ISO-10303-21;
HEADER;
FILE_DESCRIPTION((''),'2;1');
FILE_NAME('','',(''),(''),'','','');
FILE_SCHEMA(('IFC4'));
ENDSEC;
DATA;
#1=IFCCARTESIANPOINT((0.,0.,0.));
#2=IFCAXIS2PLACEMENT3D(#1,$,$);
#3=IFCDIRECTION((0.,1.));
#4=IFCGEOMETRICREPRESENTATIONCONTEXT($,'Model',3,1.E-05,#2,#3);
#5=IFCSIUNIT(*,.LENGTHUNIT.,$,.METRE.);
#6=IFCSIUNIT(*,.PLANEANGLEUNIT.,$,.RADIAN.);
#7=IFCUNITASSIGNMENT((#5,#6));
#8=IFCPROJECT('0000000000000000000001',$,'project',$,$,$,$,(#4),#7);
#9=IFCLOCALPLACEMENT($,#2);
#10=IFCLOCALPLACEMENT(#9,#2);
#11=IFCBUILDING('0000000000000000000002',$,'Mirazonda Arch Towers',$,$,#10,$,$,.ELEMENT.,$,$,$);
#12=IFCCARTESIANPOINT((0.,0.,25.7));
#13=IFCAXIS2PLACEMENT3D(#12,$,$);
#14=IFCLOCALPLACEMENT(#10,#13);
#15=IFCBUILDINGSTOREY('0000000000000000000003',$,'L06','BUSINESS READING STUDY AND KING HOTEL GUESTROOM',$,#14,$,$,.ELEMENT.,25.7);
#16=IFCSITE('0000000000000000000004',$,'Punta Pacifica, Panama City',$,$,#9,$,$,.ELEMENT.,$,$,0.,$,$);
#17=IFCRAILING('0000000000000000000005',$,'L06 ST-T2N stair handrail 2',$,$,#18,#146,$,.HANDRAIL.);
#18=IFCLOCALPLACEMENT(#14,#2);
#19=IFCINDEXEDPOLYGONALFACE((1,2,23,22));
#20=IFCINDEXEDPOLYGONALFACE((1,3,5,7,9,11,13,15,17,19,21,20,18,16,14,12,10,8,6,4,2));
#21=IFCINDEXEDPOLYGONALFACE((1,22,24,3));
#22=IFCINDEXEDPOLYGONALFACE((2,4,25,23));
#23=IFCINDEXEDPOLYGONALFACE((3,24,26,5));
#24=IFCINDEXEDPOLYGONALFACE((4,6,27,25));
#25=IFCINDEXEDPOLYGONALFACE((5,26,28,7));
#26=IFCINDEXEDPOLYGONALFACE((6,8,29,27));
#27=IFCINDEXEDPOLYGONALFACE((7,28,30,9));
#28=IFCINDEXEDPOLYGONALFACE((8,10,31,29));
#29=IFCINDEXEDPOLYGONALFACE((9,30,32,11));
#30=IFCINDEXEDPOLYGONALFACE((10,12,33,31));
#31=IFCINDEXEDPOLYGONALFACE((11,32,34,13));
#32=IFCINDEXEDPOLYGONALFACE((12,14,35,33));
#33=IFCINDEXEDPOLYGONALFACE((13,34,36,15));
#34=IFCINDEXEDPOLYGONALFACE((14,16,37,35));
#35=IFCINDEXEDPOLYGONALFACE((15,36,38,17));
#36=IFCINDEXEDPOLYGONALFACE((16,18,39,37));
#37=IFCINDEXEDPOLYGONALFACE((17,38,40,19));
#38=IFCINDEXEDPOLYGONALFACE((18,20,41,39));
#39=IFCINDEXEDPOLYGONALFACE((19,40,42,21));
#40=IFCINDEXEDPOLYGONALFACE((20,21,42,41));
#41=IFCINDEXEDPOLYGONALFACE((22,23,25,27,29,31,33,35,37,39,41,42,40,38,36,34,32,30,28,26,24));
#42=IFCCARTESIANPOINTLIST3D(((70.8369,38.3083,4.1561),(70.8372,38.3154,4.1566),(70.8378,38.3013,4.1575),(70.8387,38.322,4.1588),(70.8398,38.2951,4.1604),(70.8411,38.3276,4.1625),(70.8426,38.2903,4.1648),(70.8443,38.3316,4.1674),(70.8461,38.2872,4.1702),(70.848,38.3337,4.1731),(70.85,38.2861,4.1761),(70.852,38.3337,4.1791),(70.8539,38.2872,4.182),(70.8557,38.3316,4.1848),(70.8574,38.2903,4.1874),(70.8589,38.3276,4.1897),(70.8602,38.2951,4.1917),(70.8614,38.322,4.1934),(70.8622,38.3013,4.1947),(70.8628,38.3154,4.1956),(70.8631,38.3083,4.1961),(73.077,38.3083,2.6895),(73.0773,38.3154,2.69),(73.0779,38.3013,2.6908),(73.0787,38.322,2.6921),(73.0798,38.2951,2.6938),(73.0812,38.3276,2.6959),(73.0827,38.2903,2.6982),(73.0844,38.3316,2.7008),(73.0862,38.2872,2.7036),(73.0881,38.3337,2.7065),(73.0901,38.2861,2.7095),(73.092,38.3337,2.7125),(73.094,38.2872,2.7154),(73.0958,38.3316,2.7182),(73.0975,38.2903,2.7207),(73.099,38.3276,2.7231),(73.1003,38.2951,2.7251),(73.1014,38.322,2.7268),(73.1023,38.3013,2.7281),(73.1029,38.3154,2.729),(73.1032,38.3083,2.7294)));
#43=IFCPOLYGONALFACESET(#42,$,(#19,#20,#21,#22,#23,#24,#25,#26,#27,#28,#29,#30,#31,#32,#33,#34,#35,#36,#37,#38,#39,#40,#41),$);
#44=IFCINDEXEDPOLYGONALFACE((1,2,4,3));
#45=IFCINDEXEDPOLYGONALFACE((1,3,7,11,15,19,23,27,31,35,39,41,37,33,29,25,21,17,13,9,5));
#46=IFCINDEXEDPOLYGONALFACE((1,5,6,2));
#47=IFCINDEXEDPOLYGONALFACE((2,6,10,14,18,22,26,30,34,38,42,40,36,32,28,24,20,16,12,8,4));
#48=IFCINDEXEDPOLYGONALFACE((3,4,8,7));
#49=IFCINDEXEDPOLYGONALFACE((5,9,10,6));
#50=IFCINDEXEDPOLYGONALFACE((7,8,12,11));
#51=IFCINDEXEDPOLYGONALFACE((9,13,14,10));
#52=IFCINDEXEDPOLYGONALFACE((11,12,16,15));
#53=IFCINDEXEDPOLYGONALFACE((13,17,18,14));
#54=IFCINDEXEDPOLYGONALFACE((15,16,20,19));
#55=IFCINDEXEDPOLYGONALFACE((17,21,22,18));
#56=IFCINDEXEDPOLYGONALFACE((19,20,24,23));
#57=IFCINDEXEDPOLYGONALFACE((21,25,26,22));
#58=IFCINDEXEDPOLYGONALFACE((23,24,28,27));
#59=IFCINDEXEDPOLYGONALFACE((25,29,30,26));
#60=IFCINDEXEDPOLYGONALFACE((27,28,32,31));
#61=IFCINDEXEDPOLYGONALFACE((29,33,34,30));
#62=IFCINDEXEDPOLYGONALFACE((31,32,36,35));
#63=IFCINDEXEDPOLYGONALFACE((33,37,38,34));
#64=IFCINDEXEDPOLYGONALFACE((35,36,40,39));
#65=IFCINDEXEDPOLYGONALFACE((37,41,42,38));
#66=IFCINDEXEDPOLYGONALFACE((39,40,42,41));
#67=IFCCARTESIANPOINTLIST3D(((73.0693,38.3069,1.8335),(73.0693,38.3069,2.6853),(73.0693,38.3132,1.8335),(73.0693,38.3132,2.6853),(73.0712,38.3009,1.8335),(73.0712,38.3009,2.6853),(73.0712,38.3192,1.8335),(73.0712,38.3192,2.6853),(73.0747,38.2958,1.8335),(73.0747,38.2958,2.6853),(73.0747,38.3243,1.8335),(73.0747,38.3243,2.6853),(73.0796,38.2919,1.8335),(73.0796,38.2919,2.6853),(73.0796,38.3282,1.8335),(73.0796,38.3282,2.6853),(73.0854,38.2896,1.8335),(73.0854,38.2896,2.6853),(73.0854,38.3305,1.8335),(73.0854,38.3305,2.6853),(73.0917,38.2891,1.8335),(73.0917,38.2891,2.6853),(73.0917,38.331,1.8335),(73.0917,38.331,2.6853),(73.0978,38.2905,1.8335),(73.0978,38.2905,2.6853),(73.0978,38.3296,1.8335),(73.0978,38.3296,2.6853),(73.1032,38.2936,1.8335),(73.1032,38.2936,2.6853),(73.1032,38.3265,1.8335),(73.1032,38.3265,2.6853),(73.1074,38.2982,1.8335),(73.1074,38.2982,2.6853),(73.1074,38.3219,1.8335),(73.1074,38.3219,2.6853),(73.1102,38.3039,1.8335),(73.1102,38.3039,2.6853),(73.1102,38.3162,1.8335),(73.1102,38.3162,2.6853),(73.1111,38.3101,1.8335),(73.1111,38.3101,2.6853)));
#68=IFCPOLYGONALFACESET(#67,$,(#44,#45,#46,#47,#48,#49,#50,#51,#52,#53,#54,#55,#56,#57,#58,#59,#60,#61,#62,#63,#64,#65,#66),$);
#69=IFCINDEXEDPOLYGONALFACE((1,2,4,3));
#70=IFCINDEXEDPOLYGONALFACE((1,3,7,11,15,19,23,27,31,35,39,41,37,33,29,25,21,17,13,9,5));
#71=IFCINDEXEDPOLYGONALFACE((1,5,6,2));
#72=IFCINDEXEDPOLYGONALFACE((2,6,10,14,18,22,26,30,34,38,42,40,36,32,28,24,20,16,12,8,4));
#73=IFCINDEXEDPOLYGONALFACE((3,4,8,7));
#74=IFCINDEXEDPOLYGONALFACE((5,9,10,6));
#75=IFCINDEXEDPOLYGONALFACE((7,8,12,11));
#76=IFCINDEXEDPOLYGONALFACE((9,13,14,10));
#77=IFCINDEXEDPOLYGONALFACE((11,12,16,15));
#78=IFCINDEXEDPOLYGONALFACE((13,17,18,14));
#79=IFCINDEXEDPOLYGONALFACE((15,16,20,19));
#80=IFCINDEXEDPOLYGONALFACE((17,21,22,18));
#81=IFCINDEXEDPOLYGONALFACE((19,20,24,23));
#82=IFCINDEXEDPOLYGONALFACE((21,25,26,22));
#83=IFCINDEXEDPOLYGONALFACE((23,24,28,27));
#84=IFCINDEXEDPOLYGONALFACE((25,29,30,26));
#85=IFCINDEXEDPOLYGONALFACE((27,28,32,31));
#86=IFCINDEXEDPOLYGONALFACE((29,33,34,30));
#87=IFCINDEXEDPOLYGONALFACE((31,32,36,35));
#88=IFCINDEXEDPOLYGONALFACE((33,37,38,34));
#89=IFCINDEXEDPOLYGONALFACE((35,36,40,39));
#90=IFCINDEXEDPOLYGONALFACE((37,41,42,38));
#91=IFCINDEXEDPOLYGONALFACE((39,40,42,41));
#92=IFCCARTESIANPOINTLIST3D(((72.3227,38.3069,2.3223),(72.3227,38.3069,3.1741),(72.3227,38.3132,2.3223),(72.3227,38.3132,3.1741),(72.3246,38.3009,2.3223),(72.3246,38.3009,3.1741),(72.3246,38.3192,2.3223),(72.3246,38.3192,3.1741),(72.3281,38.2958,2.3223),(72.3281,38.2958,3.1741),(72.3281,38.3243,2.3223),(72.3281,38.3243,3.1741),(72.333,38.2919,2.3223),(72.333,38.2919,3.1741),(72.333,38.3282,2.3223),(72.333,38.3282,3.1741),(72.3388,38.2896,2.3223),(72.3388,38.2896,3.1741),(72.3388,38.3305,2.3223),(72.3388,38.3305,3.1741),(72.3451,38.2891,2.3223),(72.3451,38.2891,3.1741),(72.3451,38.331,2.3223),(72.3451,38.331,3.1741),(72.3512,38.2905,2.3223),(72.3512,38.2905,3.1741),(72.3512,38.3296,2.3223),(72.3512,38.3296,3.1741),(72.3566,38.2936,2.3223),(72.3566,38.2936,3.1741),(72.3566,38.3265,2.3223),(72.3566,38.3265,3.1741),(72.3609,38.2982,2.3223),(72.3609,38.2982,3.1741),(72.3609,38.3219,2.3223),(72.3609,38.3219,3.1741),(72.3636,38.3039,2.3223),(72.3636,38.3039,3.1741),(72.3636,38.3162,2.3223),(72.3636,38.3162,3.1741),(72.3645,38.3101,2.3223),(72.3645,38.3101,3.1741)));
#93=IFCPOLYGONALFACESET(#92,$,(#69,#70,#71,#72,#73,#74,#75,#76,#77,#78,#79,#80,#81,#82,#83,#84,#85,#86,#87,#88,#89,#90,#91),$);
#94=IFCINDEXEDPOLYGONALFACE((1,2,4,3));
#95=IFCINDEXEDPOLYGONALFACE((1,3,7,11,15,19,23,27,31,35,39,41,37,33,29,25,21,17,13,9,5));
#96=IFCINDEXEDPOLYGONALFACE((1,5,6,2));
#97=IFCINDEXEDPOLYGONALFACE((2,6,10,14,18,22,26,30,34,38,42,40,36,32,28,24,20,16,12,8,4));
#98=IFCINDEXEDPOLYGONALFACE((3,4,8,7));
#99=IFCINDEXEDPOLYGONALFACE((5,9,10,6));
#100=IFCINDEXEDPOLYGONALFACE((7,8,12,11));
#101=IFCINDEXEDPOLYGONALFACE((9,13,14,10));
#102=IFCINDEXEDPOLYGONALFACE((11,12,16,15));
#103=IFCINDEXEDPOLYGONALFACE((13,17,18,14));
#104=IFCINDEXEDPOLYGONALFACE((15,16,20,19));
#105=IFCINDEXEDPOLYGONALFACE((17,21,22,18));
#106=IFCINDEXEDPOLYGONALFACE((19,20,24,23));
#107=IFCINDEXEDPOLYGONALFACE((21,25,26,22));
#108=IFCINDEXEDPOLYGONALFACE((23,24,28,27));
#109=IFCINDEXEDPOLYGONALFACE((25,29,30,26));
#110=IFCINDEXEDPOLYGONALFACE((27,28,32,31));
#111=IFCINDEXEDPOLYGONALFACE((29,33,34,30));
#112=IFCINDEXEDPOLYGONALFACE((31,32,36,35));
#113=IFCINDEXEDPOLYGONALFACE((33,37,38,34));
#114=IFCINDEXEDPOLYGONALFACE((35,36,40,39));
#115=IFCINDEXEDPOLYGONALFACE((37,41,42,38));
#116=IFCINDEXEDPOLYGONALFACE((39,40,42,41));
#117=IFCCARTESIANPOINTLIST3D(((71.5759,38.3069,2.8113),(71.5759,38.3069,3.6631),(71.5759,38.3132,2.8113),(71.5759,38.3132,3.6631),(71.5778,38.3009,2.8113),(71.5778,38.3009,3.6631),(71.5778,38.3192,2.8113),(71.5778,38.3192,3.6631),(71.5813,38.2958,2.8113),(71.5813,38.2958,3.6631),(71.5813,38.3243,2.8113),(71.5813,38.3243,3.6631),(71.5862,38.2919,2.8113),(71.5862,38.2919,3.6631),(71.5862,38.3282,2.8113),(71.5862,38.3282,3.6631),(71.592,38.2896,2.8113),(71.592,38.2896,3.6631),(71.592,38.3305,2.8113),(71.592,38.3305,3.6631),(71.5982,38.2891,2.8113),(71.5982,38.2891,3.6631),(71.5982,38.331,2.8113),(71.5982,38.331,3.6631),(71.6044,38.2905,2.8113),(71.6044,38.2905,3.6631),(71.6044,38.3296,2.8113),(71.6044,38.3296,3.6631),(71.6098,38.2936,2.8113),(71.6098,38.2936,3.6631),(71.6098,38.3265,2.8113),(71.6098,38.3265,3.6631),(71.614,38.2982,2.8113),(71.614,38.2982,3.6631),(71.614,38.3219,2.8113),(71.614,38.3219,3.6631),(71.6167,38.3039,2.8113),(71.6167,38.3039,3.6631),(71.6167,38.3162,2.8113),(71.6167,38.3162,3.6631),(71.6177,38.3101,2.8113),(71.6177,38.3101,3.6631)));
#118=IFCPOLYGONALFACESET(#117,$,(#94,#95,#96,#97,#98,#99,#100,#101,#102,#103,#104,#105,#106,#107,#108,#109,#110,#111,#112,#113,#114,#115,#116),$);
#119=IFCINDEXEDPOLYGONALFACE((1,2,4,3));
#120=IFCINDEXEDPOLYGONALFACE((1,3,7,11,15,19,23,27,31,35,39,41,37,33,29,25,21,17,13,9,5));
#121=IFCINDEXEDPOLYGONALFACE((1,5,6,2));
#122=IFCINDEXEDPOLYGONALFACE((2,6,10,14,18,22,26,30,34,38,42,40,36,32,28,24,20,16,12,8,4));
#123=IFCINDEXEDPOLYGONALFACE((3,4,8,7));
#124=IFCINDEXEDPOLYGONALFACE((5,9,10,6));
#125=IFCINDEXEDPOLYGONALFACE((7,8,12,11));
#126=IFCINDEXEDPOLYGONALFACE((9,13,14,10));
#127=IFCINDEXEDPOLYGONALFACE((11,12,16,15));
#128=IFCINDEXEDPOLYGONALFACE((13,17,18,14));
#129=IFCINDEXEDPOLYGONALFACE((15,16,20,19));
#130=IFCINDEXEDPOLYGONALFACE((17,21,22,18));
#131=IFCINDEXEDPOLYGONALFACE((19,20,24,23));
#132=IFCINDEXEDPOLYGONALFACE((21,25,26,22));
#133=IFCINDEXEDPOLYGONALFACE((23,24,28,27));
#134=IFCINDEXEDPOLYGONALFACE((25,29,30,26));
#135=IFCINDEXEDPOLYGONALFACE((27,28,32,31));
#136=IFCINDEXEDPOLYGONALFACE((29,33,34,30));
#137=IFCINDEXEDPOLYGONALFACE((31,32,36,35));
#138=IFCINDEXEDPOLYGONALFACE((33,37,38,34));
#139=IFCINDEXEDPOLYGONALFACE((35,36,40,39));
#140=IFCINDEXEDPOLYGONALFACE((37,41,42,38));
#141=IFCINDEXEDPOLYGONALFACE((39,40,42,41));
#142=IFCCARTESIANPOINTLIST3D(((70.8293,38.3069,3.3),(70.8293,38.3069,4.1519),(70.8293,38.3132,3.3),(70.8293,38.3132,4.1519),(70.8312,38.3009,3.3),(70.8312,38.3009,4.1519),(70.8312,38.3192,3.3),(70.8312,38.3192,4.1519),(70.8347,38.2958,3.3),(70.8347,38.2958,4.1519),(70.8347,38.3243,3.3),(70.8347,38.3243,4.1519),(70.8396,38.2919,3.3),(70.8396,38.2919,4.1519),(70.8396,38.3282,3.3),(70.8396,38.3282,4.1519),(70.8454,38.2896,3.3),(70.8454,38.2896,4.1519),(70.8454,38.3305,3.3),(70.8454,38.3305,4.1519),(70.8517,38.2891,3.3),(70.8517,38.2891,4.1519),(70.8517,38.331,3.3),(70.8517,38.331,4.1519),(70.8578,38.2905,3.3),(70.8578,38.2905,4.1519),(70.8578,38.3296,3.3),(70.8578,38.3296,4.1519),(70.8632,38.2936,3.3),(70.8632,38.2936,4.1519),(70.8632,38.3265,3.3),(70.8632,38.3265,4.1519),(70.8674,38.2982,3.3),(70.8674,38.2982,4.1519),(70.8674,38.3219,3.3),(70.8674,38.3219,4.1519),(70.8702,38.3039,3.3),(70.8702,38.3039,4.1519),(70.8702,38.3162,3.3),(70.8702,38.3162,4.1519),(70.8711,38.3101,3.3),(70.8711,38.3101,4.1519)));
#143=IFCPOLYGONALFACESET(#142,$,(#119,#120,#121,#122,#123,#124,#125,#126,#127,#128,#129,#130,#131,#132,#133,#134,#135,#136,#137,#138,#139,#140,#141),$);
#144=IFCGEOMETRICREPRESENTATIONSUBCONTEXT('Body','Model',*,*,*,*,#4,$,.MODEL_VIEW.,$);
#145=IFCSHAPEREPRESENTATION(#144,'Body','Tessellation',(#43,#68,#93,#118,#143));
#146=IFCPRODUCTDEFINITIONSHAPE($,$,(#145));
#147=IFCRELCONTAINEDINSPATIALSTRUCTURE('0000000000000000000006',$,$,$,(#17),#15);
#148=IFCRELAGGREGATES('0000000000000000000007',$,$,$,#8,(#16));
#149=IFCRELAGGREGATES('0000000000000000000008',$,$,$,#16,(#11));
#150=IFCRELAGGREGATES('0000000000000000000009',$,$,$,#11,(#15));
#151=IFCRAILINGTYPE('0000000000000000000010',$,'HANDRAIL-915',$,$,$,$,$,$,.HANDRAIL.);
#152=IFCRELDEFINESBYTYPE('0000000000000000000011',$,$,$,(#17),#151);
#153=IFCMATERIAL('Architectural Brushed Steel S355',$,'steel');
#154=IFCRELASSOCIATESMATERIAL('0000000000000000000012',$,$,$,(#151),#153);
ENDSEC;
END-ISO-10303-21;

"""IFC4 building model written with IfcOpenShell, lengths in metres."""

from ifc_helpers import new_model, si_unit, direction, frame, origin, origin_2d, place, context, subcontext, project, spatial, circle, extrude, material, type_object, element, save


model = new_model("IFC4")

# Units and contexts
model_context = context("Model", 3, precision=1e-05, world=origin(), true_north=direction((0.0, 1.0)))
body_context = subcontext(model_context, "Body", "Model", "MODEL_VIEW")
ifc_project = project(units=[si_unit("LENGTHUNIT", "METRE"), si_unit("PLANEANGLEUNIT", "RADIAN")], contexts=[model_context])

# Site, building, storey
site_placement = place(None, origin())
site = spatial("IfcSite", under=ifc_project, at=site_placement, Name="Punta Pacifica, Panama City", CompositionType="ELEMENT", RefElevation=0.0)
building_placement = place(site_placement, origin())
building = spatial("IfcBuilding", under=site, at=building_placement, Name="Mirazonda Arch Towers", CompositionType="ELEMENT")
storey_placement = place(building_placement, frame((0.0, 0.0, 25.7)))
storey = spatial("IfcBuildingStorey", under=building, at=storey_placement, Name="L06", Description="BUSINESS READING STUDY AND KING HOTEL GUESTROOM", CompositionType="ELEMENT", Elevation=25.7)

# Shared definitions
ifc_material_1 = material(Name="Architectural Brushed Steel S355", Category="steel")

# Railing
railing_type_1 = type_object("IfcRailingType", Name="HANDRAIL-915", PredefinedType="HANDRAIL", material=ifc_material_1)
railing_1_placement = place(storey_placement, frame((73.0901, 38.3101, 1.8335)))
element("IfcRailing", 1, at=railing_1_placement, inside=storey, type_object=railing_type_1, Name="L06 ST-T2N stair handrail 2", PredefinedType="HANDRAIL", context=body_context, shape_type="SweptSolid", body=[
    extrude(circle(Radius=0.0239, at=origin_2d()), frame((0.0, 0.0, 0.876), z_axis=(-0.836637, 0.0, 0.547758), x_axis=(0.0, -1.0, 0.0)), (0.0, 0.0, 1.0), 2.6775),
    extrude(circle(Radius=0.021, at=origin_2d()), origin(), (0.0, 0.0, 1.0), 0.8518),
    extrude(circle(Radius=0.021, at=origin_2d()), frame((-0.7466, 0.0, 0.4888)), (0.0, 0.0, 1.0), 0.8518),
    extrude(circle(Radius=0.021, at=origin_2d()), frame((-1.4934, 0.0, 0.9778)), (0.0, 0.0, 1.0), 0.8518),
    extrude(circle(Radius=0.021, at=origin_2d()), frame((-2.24, 0.0, 1.4666)), (0.0, 0.0, 1.0), 0.8518),
])

save(model, "model.ifc")
